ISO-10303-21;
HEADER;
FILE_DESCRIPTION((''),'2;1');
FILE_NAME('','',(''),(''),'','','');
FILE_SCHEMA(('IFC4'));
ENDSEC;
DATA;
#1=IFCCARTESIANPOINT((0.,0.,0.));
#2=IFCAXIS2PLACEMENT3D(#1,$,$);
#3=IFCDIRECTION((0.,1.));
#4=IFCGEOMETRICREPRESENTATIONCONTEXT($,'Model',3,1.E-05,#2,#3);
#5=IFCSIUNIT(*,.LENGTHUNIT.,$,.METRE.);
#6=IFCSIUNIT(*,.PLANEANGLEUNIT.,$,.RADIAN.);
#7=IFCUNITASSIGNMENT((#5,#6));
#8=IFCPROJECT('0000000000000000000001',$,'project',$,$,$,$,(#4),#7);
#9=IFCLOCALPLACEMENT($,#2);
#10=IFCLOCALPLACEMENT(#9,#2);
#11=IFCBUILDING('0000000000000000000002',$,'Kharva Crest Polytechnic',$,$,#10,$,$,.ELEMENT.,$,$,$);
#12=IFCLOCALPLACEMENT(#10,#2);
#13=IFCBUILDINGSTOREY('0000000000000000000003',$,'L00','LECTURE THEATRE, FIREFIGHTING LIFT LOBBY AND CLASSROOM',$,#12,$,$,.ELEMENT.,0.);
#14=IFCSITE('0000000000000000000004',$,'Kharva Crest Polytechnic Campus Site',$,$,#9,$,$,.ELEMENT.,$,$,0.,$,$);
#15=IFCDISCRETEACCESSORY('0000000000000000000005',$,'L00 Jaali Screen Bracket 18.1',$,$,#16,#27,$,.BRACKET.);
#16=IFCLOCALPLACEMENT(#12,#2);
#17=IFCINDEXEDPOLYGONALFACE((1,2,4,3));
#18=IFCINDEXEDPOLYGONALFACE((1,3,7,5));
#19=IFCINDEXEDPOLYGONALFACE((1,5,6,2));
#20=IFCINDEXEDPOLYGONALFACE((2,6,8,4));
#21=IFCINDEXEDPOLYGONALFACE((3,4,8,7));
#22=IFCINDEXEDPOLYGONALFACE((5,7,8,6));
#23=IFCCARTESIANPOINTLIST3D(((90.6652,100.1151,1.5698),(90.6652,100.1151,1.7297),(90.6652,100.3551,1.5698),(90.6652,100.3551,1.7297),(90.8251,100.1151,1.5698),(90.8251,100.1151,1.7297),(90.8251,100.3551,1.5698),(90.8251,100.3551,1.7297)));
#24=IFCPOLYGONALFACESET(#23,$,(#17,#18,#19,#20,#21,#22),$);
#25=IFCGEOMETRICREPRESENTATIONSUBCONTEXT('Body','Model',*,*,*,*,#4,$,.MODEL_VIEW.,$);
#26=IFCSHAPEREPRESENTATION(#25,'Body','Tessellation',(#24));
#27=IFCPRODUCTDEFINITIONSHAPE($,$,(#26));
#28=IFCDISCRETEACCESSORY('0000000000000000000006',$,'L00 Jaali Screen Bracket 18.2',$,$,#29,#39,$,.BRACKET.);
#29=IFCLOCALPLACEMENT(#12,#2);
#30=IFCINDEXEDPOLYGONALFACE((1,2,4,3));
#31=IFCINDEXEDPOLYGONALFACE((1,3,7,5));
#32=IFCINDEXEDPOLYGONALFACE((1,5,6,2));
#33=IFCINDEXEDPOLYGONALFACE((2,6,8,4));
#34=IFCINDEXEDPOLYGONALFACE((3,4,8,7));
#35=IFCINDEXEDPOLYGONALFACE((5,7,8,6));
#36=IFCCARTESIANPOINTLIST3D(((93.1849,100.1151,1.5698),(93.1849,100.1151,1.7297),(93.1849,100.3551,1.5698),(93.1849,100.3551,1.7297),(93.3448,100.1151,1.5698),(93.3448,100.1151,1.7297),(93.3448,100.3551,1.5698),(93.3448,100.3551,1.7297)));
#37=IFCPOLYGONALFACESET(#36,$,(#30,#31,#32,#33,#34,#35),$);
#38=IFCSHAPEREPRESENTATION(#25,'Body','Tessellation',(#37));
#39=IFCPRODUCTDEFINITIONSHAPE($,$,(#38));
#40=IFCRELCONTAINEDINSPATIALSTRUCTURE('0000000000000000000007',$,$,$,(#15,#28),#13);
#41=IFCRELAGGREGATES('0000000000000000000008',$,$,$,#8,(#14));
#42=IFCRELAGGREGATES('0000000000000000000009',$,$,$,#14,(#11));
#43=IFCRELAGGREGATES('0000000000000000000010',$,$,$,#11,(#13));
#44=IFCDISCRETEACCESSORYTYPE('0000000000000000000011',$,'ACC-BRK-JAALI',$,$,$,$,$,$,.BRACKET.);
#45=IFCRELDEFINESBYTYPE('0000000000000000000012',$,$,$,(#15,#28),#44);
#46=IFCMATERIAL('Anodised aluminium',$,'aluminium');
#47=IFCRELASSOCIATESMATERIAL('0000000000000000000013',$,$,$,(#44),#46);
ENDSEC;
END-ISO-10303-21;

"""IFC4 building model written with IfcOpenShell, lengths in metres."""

from ifc_helpers import new_model, si_unit, direction, frame, origin, origin_2d, place, context, subcontext, project, spatial, rectangle, extrude, material, type_object, element, save


model = new_model("IFC4")

# Units and contexts
model_context = context("Model", 3, precision=1e-05, world=origin(), true_north=direction((0.0, 1.0)))
body_context = subcontext(model_context, "Body", "Model", "MODEL_VIEW")
ifc_project = project(units=[si_unit("LENGTHUNIT", "METRE"), si_unit("PLANEANGLEUNIT", "RADIAN")], contexts=[model_context])

# Site, building, storey
site_placement = place(None, origin())
site = spatial("IfcSite", under=ifc_project, at=site_placement, Name="Kharva Crest Polytechnic Campus Site", CompositionType="ELEMENT", RefElevation=0.0)
building_placement = place(site_placement, origin())
building = spatial("IfcBuilding", under=site, at=building_placement, Name="Kharva Crest Polytechnic", CompositionType="ELEMENT")
storey_placement = place(building_placement, origin())
storey = spatial("IfcBuildingStorey", under=building, at=storey_placement, Name="L00", Description="LECTURE THEATRE, FIREFIGHTING LIFT LOBBY AND CLASSROOM", CompositionType="ELEMENT", Elevation=0.0)

# Shared definitions
ifc_material_1 = material(Name="Anodised aluminium", Category="aluminium")

# Discrete accessories
discrete_accessory_type = type_object("IfcDiscreteAccessoryType", Name="ACC-BRK-JAALI", PredefinedType="BRACKET", material=ifc_material_1)
for number, where, z_axis, x_axis, name in (
    (1, (90.7451, 100.2351, 1.5698), (0.0, 0.0, 1.0), (1.0, 0.0, 0.0), "L00 Jaali Screen Bracket 18.1"),
    (2, (93.2649, 100.2351, 1.5698), (0.0, 0.0, 1.0), (1.0, 0.0, 0.0), "L00 Jaali Screen Bracket 18.2"),
):
    element("IfcDiscreteAccessory", number, at=place(storey_placement, frame(where, z_axis=z_axis, x_axis=x_axis)), inside=storey, type_object=discrete_accessory_type, Name=name, PredefinedType="BRACKET", context=body_context, shape_type="SweptSolid", body=[
        extrude(rectangle(XDim=0.1599, YDim=0.24, at=origin_2d()), origin(), (0.0, 0.0, 1.0), 0.1599),
    ])

save(model, "model.ifc")
